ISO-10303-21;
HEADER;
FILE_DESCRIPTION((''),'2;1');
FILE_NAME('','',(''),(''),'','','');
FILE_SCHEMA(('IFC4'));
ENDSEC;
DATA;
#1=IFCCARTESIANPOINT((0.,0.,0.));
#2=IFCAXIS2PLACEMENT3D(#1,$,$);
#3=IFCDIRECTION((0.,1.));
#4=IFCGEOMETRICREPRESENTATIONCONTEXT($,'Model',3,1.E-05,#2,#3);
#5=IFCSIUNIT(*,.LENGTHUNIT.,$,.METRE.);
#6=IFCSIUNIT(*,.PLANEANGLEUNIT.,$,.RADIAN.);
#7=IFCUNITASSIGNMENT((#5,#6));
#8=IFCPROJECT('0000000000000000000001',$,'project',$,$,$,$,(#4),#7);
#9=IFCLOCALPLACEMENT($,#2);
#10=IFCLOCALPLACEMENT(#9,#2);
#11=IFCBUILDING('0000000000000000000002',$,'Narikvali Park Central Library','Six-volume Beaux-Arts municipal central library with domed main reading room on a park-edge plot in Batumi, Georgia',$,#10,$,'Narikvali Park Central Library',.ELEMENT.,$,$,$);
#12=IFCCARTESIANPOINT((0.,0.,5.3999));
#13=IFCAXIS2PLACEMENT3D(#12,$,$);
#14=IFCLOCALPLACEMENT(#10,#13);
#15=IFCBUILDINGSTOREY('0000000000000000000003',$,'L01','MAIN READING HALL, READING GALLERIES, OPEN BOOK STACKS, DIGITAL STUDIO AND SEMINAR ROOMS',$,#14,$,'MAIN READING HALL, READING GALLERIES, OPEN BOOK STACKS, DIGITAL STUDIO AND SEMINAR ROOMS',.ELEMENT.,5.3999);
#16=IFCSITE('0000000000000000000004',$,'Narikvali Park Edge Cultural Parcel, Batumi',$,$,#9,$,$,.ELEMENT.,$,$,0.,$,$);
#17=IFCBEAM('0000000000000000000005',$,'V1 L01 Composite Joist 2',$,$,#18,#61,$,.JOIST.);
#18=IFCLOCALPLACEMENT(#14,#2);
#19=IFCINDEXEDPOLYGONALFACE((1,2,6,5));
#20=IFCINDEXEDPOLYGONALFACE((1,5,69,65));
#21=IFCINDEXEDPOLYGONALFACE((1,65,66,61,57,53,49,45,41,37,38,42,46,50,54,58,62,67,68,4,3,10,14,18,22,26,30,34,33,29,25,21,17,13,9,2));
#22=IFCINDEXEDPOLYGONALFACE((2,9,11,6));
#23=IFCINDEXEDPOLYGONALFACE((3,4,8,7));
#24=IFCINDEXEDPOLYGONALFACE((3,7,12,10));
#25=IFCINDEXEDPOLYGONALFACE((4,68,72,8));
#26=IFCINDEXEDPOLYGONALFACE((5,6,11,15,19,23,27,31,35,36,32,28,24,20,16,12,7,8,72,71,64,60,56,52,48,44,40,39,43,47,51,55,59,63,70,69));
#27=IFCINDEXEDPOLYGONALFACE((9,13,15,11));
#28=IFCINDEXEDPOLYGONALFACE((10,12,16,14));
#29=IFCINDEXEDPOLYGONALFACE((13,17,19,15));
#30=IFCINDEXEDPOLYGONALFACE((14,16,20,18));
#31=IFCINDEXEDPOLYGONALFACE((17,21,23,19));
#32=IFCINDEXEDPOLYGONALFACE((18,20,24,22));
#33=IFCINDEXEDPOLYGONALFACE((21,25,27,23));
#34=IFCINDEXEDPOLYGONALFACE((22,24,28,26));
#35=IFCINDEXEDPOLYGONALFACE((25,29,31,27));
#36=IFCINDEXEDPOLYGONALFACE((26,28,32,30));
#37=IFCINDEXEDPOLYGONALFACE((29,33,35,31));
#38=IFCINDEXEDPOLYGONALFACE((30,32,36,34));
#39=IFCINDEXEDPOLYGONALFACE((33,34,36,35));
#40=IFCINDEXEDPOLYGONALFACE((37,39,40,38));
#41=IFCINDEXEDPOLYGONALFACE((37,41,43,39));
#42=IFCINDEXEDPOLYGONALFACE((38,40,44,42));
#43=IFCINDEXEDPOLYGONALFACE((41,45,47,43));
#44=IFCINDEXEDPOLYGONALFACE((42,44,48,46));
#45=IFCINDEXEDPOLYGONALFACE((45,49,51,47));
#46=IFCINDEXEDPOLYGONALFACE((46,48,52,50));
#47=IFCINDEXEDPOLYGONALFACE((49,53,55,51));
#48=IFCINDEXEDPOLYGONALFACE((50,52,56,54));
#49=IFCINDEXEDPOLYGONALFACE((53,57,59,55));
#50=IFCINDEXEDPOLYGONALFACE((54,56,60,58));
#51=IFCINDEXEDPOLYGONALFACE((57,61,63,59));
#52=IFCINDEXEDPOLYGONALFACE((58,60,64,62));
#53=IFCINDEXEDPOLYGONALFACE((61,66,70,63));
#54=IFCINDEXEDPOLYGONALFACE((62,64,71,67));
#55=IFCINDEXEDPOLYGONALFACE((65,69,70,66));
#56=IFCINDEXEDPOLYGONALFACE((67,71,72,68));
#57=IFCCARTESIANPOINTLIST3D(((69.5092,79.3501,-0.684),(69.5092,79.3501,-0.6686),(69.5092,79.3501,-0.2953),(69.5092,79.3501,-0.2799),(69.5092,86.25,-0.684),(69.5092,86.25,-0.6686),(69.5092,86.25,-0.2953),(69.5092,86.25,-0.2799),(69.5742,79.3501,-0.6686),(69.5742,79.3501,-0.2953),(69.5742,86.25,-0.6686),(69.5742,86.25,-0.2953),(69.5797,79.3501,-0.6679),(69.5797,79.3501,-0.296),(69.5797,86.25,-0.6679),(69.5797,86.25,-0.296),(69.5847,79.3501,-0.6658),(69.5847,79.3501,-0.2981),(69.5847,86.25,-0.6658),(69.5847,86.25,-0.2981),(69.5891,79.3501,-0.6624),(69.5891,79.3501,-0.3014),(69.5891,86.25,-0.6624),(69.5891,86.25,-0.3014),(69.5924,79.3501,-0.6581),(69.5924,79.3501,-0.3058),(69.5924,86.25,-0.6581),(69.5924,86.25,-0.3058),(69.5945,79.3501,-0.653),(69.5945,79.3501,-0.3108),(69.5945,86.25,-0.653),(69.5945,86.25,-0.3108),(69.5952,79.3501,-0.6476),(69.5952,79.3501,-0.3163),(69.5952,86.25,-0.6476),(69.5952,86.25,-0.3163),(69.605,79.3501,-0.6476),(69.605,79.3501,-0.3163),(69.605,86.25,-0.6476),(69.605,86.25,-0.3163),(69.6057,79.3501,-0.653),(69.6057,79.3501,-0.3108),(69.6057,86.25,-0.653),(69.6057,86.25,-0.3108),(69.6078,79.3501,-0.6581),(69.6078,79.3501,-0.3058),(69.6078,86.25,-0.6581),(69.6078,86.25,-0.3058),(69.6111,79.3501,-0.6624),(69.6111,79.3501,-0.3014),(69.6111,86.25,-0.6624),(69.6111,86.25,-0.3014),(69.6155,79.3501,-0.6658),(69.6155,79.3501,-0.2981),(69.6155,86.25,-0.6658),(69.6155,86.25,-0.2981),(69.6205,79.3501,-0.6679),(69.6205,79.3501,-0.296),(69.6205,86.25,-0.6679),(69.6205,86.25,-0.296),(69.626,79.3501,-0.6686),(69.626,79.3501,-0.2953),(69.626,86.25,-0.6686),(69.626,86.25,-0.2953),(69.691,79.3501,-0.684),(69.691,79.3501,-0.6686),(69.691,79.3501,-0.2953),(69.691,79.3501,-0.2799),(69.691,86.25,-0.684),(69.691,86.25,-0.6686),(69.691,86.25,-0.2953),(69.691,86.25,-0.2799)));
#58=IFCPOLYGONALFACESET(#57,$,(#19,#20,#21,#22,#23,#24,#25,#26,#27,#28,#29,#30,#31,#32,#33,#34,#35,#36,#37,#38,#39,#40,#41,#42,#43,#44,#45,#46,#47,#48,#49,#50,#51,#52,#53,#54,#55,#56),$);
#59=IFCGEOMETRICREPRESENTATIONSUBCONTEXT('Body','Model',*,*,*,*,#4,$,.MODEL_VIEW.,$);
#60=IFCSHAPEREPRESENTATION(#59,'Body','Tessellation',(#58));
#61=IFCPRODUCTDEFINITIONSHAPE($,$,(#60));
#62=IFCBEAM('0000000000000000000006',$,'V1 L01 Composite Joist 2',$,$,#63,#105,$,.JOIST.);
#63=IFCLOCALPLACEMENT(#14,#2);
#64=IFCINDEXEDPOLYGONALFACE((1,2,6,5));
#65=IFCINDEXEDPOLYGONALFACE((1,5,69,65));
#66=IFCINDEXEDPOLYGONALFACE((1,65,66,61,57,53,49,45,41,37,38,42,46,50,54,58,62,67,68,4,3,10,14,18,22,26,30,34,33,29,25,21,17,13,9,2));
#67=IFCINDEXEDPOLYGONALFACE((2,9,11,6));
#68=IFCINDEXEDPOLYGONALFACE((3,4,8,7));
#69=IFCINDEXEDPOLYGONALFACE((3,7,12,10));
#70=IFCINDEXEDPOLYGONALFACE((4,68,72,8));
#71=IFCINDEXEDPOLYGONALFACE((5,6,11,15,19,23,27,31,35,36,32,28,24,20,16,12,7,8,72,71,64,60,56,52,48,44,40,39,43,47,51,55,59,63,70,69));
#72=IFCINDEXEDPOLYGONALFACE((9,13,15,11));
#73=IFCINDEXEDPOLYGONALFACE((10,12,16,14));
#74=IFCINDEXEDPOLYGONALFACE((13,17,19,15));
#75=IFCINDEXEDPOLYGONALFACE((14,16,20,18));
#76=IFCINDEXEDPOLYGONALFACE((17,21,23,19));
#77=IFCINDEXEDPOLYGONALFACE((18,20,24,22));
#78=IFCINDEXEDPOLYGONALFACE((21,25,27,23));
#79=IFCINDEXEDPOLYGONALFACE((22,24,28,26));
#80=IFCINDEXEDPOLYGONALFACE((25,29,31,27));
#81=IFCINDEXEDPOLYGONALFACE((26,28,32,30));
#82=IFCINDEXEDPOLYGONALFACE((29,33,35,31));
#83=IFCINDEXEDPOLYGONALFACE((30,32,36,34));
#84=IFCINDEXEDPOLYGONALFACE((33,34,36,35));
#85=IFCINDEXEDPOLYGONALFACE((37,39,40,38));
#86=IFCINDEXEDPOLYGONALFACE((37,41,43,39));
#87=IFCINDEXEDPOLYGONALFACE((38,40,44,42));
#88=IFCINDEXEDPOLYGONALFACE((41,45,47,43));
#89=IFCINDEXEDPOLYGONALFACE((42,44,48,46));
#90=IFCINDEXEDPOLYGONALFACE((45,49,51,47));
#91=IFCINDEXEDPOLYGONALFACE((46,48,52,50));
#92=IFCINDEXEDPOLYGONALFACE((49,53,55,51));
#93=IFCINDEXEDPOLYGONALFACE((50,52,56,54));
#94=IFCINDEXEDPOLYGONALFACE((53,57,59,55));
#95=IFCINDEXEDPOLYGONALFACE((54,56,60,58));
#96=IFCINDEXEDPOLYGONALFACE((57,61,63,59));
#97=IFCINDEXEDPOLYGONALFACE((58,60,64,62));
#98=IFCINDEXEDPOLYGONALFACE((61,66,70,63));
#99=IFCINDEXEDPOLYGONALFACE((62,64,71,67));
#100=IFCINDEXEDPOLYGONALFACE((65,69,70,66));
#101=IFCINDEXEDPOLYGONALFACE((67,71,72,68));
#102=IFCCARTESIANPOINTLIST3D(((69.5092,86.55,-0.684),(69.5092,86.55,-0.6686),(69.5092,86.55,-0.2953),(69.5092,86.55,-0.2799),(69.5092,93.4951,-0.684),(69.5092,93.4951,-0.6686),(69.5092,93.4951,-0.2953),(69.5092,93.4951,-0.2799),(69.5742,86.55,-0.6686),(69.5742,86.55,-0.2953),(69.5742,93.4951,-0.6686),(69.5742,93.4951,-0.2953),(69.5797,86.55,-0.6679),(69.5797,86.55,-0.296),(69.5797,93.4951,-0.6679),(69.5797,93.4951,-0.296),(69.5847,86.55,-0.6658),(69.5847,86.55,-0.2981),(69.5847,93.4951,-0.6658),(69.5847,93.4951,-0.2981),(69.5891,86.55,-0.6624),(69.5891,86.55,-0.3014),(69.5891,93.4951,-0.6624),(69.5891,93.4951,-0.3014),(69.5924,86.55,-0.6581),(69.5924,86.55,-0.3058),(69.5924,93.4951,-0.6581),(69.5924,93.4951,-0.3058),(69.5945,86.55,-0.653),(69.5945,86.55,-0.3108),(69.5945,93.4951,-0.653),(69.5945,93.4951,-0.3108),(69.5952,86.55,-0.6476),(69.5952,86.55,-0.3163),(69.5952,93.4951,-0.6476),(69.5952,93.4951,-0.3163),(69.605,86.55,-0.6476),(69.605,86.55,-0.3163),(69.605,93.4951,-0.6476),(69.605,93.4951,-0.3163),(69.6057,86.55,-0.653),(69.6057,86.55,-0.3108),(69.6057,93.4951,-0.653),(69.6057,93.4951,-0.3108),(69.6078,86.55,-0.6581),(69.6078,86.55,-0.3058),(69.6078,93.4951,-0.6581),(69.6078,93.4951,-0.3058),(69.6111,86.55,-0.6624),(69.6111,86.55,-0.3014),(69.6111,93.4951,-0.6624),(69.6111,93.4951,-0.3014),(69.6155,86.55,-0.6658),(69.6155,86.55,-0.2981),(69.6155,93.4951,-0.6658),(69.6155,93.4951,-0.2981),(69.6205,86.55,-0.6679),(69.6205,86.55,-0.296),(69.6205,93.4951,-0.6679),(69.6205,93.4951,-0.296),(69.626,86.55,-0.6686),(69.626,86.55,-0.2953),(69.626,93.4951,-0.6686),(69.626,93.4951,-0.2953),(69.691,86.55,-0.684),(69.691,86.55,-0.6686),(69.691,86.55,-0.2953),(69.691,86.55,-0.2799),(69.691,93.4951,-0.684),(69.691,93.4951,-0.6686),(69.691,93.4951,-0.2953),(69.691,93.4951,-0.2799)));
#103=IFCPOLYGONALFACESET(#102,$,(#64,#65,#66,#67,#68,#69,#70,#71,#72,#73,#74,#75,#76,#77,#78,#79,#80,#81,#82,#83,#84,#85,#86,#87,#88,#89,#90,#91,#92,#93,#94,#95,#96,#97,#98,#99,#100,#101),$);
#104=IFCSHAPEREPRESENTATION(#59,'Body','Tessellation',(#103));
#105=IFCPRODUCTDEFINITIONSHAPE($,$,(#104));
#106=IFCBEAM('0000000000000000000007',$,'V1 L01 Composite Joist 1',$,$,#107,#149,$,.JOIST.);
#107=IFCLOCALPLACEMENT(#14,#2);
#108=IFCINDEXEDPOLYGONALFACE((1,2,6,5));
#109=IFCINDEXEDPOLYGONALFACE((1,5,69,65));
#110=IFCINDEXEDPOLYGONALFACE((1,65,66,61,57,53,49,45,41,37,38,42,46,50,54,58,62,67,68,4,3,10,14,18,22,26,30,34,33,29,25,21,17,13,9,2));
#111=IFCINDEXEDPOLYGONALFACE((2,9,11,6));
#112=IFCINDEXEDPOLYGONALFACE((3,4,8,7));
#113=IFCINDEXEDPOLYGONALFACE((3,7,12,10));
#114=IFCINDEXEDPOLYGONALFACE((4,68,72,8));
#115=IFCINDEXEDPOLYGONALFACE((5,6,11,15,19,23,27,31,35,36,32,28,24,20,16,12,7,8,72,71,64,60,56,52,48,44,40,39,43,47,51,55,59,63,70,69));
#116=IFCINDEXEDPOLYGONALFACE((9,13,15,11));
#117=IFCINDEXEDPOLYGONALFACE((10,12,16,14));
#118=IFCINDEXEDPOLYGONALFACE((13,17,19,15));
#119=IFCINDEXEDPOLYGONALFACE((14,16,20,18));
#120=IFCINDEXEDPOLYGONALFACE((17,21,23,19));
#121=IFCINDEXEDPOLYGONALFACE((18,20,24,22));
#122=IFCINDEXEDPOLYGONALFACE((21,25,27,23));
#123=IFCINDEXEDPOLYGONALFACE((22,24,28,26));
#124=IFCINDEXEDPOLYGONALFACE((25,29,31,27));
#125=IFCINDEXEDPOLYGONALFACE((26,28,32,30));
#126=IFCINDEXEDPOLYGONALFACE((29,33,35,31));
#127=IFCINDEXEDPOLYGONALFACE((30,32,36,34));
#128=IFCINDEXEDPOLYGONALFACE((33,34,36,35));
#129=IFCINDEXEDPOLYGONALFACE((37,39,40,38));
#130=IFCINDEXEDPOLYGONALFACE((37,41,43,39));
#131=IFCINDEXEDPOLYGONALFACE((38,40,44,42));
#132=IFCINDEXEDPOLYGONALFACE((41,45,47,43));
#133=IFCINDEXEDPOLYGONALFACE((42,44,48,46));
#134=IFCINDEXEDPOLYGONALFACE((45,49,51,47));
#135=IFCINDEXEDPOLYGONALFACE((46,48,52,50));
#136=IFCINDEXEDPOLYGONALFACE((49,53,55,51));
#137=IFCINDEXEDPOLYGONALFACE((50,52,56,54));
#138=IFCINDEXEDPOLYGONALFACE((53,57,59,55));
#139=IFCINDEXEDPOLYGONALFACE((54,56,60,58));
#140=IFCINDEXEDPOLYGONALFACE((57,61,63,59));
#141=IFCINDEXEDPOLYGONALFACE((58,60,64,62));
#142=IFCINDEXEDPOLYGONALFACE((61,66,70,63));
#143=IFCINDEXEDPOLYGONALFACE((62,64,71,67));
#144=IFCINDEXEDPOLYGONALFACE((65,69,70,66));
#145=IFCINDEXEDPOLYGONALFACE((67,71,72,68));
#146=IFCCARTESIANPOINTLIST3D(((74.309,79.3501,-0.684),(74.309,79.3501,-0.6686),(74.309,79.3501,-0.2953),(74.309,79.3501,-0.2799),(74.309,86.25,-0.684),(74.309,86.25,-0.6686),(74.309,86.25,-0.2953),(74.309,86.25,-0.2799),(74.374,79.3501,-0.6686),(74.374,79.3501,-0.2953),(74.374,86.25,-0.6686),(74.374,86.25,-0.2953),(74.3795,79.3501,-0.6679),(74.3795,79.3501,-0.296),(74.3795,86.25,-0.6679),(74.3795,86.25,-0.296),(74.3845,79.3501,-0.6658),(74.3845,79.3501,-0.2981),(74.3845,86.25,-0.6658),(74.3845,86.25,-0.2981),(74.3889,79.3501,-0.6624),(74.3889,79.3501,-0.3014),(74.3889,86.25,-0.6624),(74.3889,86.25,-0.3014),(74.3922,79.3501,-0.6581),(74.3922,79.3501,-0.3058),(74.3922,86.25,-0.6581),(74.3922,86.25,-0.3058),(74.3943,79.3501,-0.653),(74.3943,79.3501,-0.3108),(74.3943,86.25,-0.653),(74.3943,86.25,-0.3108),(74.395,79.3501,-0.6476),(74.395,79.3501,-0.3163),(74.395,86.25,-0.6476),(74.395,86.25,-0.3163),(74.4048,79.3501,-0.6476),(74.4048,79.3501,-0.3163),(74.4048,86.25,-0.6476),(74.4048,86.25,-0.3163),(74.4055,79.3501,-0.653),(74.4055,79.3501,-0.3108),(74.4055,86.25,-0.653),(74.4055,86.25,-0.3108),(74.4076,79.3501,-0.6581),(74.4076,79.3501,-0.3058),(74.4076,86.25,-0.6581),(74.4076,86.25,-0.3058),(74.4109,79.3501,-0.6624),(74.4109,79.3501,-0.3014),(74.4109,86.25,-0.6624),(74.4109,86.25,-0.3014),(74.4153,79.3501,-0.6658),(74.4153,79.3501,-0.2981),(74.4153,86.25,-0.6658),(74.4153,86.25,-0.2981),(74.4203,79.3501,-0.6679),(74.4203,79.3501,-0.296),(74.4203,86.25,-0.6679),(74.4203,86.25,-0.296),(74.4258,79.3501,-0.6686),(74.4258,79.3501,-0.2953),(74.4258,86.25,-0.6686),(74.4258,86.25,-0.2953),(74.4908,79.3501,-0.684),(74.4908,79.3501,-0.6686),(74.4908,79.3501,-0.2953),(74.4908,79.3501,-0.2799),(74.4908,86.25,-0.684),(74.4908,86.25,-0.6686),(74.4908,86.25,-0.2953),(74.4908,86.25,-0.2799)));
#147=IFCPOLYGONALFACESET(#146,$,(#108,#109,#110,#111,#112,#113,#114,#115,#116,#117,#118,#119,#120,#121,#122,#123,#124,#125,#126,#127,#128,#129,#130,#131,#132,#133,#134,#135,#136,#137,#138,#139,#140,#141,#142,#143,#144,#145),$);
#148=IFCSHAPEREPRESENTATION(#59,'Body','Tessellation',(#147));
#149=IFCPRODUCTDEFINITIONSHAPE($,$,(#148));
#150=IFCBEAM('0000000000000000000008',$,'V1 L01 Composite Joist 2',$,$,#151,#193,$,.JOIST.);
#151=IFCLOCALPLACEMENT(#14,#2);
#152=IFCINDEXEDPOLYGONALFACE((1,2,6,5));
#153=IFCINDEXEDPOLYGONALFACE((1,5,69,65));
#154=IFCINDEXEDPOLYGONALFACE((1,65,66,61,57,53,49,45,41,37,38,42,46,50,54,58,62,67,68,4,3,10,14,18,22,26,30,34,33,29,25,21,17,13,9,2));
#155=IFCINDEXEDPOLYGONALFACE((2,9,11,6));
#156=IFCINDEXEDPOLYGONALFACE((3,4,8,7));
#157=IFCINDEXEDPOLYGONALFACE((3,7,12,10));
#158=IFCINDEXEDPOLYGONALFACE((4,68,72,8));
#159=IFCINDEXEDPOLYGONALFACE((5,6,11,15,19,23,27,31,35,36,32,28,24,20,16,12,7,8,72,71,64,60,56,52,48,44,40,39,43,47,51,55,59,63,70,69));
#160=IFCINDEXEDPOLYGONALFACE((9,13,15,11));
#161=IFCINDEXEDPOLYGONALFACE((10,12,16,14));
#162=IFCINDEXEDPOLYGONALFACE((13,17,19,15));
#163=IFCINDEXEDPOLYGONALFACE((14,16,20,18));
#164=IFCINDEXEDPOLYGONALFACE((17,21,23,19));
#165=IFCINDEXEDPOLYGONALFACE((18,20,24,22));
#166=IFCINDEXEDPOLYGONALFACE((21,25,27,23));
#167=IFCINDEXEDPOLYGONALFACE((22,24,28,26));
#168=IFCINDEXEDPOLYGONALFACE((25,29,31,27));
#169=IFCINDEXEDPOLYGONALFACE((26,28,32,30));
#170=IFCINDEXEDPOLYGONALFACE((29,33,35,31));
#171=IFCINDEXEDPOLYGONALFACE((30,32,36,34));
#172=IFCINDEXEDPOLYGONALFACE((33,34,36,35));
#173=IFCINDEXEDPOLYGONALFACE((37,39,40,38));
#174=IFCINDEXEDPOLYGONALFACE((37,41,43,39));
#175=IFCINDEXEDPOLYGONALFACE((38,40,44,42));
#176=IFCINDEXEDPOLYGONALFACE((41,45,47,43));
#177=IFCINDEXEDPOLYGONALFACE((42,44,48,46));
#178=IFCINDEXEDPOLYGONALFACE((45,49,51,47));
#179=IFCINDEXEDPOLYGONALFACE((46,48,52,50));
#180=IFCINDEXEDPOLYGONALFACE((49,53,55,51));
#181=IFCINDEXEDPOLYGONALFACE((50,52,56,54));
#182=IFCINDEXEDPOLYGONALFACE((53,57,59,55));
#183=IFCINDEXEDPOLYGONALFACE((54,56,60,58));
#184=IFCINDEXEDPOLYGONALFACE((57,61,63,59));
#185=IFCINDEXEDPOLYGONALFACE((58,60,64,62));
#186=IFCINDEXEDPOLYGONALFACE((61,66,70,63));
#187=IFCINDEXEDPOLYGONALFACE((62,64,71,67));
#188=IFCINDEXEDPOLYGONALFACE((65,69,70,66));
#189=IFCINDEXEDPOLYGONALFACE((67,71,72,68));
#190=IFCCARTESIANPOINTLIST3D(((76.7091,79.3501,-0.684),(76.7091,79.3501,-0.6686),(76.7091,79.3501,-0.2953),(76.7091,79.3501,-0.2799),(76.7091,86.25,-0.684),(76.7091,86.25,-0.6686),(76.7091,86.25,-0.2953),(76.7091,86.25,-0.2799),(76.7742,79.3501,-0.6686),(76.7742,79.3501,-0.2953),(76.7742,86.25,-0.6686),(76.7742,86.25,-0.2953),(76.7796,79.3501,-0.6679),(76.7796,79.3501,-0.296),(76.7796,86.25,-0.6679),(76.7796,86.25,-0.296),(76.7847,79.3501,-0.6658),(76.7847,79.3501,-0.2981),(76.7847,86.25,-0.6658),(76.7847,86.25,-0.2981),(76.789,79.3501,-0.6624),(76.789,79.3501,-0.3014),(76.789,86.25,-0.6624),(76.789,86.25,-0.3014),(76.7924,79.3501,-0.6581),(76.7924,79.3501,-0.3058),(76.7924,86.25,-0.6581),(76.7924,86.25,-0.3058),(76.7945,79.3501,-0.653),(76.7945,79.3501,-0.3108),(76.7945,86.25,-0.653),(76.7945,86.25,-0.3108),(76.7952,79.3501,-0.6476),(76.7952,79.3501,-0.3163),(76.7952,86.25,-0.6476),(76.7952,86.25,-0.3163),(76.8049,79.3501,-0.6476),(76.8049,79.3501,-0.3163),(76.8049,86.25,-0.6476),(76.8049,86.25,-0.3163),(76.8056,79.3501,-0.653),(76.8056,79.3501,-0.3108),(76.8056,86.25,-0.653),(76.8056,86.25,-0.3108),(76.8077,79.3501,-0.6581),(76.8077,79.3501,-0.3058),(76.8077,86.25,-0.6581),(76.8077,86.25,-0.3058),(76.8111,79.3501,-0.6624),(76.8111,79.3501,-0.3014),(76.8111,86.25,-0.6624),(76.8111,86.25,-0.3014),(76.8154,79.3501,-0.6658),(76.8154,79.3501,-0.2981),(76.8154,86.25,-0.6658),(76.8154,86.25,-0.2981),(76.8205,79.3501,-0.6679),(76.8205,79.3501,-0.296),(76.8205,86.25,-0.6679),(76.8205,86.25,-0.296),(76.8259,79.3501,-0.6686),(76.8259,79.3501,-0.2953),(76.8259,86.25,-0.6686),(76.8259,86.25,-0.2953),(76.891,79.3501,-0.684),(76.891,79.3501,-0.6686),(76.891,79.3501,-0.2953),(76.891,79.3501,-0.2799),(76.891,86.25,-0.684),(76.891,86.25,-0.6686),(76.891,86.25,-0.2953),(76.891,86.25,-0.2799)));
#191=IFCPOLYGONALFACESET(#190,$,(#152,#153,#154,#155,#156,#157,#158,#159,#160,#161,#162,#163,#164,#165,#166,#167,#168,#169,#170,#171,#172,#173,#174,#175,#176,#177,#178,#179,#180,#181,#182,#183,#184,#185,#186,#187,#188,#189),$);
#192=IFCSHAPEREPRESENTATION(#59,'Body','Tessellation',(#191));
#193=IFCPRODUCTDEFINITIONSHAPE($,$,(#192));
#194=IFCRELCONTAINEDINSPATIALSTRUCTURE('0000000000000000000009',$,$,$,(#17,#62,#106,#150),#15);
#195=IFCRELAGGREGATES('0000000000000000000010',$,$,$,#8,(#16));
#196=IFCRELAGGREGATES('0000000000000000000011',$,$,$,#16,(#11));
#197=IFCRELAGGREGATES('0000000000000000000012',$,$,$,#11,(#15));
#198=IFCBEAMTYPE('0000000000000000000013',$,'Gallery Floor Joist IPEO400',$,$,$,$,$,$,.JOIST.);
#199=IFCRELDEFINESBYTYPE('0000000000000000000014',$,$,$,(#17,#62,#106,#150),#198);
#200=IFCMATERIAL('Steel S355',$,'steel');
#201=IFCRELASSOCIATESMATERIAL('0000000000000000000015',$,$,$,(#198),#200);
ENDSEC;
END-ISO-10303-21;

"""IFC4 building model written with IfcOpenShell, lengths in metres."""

from ifc_helpers import new_model, si_unit, direction, frame, origin, origin_2d, place, context, subcontext, project, spatial, i_section, extrude, material, material_profile, profile_set, type_object, element, save


model = new_model("IFC4")

# Units and contexts
model_context = context("Model", 3, precision=1e-05, world=origin(), true_north=direction((0.0, 1.0)))
body_context = subcontext(model_context, "Body", "Model", "MODEL_VIEW")
ifc_project = project(units=[si_unit("LENGTHUNIT", "METRE"), si_unit("PLANEANGLEUNIT", "RADIAN")], contexts=[model_context])

# Site, building, storey
site_placement = place(None, origin())
site = spatial("IfcSite", under=ifc_project, at=site_placement, Name="Narikvali Park Edge Cultural Parcel, Batumi", CompositionType="ELEMENT", RefElevation=0.0)
building_placement = place(site_placement, origin())
building = spatial("IfcBuilding", under=site, at=building_placement, Name="Narikvali Park Central Library", Description="Six-volume Beaux-Arts municipal central library with domed main reading room on a park-edge plot in Batumi, Georgia", LongName="Narikvali Park Central Library", CompositionType="ELEMENT")
storey_placement = place(building_placement, frame((0.0, 0.0, 5.3999)))
storey = spatial("IfcBuildingStorey", under=building, at=storey_placement, Name="L01", Description="MAIN READING HALL, READING GALLERIES, OPEN BOOK STACKS, DIGITAL STUDIO AND SEMINAR ROOMS", LongName="MAIN READING HALL, READING GALLERIES, OPEN BOOK STACKS, DIGITAL STUDIO AND SEMINAR ROOMS", CompositionType="ELEMENT", Elevation=5.3999)

# Shared definitions
ifc_material_1 = material(Name="Steel S355", Category="steel")

# Beams
ifc_material_profile_1 = material_profile(ifc_material_1, i_section(OverallWidth=0.1819, OverallDepth=0.4041, WebThickness=0.0098, FlangeThickness=0.0154, FilletRadius=0.021, at=origin_2d()), Name="IPEO 400")
ifc_profile_set_1 = profile_set([ifc_material_profile_1], Name="Steel S355")
beam_type_1 = type_object("IfcBeamType", Name="Gallery Floor Joist IPEO400", PredefinedType="JOIST", material=ifc_profile_set_1)
beam_1_placement = place(storey_placement, frame((69.6001, 79.3501, -0.4819), z_axis=(0.0, 1.0, 0.0), x_axis=(-1.0, 0.0, 0.0)))
element("IfcBeam", 1, at=beam_1_placement, inside=storey, type_object=beam_type_1, Name="V1 L01 Composite Joist 2", PredefinedType="JOIST", context=body_context, shape_type="SweptSolid", body=[
    extrude(i_section(OverallWidth=0.1819, OverallDepth=0.4041, WebThickness=0.0098, FlangeThickness=0.0154, FilletRadius=0.021, at=origin_2d()), origin(), (0.0, 0.0, 1.0), 6.8999),
])
beam_2_placement = place(storey_placement, frame((69.6001, 86.55, -0.4819), z_axis=(0.0, 1.0, 0.0), x_axis=(-1.0, 0.0, 0.0)))
element("IfcBeam", 2, at=beam_2_placement, inside=storey, type_object=beam_type_1, Name="V1 L01 Composite Joist 2", PredefinedType="JOIST", context=body_context, shape_type="SweptSolid", body=[
    extrude(i_section(OverallWidth=0.1819, OverallDepth=0.4041, WebThickness=0.0098, FlangeThickness=0.0154, FilletRadius=0.021, at=origin_2d()), origin(), (0.0, 0.0, 1.0), 6.9451),
])
for number, where, z_axis, x_axis, name in (
    (3, (74.3999, 79.3501, -0.4819), (0.0, 1.0, 0.0), (-1.0, 0.0, 0.0), "V1 L01 Composite Joist 1"),
    (4, (76.8, 79.3501, -0.4819), (0.0, 1.0, 0.0), (-1.0, 0.0, 0.0), "V1 L01 Composite Joist 2"),
):
    element("IfcBeam", number, at=place(storey_placement, frame(where, z_axis=z_axis, x_axis=x_axis)), inside=storey, type_object=beam_type_1, Name=name, PredefinedType="JOIST", context=body_context, shape_type="SweptSolid", body=[
        extrude(i_section(OverallWidth=0.1819, OverallDepth=0.4041, WebThickness=0.0098, FlangeThickness=0.0154, FilletRadius=0.021, at=origin_2d()), origin(), (0.0, 0.0, 1.0), 6.8999),
    ])

save(model, "model.ifc")
